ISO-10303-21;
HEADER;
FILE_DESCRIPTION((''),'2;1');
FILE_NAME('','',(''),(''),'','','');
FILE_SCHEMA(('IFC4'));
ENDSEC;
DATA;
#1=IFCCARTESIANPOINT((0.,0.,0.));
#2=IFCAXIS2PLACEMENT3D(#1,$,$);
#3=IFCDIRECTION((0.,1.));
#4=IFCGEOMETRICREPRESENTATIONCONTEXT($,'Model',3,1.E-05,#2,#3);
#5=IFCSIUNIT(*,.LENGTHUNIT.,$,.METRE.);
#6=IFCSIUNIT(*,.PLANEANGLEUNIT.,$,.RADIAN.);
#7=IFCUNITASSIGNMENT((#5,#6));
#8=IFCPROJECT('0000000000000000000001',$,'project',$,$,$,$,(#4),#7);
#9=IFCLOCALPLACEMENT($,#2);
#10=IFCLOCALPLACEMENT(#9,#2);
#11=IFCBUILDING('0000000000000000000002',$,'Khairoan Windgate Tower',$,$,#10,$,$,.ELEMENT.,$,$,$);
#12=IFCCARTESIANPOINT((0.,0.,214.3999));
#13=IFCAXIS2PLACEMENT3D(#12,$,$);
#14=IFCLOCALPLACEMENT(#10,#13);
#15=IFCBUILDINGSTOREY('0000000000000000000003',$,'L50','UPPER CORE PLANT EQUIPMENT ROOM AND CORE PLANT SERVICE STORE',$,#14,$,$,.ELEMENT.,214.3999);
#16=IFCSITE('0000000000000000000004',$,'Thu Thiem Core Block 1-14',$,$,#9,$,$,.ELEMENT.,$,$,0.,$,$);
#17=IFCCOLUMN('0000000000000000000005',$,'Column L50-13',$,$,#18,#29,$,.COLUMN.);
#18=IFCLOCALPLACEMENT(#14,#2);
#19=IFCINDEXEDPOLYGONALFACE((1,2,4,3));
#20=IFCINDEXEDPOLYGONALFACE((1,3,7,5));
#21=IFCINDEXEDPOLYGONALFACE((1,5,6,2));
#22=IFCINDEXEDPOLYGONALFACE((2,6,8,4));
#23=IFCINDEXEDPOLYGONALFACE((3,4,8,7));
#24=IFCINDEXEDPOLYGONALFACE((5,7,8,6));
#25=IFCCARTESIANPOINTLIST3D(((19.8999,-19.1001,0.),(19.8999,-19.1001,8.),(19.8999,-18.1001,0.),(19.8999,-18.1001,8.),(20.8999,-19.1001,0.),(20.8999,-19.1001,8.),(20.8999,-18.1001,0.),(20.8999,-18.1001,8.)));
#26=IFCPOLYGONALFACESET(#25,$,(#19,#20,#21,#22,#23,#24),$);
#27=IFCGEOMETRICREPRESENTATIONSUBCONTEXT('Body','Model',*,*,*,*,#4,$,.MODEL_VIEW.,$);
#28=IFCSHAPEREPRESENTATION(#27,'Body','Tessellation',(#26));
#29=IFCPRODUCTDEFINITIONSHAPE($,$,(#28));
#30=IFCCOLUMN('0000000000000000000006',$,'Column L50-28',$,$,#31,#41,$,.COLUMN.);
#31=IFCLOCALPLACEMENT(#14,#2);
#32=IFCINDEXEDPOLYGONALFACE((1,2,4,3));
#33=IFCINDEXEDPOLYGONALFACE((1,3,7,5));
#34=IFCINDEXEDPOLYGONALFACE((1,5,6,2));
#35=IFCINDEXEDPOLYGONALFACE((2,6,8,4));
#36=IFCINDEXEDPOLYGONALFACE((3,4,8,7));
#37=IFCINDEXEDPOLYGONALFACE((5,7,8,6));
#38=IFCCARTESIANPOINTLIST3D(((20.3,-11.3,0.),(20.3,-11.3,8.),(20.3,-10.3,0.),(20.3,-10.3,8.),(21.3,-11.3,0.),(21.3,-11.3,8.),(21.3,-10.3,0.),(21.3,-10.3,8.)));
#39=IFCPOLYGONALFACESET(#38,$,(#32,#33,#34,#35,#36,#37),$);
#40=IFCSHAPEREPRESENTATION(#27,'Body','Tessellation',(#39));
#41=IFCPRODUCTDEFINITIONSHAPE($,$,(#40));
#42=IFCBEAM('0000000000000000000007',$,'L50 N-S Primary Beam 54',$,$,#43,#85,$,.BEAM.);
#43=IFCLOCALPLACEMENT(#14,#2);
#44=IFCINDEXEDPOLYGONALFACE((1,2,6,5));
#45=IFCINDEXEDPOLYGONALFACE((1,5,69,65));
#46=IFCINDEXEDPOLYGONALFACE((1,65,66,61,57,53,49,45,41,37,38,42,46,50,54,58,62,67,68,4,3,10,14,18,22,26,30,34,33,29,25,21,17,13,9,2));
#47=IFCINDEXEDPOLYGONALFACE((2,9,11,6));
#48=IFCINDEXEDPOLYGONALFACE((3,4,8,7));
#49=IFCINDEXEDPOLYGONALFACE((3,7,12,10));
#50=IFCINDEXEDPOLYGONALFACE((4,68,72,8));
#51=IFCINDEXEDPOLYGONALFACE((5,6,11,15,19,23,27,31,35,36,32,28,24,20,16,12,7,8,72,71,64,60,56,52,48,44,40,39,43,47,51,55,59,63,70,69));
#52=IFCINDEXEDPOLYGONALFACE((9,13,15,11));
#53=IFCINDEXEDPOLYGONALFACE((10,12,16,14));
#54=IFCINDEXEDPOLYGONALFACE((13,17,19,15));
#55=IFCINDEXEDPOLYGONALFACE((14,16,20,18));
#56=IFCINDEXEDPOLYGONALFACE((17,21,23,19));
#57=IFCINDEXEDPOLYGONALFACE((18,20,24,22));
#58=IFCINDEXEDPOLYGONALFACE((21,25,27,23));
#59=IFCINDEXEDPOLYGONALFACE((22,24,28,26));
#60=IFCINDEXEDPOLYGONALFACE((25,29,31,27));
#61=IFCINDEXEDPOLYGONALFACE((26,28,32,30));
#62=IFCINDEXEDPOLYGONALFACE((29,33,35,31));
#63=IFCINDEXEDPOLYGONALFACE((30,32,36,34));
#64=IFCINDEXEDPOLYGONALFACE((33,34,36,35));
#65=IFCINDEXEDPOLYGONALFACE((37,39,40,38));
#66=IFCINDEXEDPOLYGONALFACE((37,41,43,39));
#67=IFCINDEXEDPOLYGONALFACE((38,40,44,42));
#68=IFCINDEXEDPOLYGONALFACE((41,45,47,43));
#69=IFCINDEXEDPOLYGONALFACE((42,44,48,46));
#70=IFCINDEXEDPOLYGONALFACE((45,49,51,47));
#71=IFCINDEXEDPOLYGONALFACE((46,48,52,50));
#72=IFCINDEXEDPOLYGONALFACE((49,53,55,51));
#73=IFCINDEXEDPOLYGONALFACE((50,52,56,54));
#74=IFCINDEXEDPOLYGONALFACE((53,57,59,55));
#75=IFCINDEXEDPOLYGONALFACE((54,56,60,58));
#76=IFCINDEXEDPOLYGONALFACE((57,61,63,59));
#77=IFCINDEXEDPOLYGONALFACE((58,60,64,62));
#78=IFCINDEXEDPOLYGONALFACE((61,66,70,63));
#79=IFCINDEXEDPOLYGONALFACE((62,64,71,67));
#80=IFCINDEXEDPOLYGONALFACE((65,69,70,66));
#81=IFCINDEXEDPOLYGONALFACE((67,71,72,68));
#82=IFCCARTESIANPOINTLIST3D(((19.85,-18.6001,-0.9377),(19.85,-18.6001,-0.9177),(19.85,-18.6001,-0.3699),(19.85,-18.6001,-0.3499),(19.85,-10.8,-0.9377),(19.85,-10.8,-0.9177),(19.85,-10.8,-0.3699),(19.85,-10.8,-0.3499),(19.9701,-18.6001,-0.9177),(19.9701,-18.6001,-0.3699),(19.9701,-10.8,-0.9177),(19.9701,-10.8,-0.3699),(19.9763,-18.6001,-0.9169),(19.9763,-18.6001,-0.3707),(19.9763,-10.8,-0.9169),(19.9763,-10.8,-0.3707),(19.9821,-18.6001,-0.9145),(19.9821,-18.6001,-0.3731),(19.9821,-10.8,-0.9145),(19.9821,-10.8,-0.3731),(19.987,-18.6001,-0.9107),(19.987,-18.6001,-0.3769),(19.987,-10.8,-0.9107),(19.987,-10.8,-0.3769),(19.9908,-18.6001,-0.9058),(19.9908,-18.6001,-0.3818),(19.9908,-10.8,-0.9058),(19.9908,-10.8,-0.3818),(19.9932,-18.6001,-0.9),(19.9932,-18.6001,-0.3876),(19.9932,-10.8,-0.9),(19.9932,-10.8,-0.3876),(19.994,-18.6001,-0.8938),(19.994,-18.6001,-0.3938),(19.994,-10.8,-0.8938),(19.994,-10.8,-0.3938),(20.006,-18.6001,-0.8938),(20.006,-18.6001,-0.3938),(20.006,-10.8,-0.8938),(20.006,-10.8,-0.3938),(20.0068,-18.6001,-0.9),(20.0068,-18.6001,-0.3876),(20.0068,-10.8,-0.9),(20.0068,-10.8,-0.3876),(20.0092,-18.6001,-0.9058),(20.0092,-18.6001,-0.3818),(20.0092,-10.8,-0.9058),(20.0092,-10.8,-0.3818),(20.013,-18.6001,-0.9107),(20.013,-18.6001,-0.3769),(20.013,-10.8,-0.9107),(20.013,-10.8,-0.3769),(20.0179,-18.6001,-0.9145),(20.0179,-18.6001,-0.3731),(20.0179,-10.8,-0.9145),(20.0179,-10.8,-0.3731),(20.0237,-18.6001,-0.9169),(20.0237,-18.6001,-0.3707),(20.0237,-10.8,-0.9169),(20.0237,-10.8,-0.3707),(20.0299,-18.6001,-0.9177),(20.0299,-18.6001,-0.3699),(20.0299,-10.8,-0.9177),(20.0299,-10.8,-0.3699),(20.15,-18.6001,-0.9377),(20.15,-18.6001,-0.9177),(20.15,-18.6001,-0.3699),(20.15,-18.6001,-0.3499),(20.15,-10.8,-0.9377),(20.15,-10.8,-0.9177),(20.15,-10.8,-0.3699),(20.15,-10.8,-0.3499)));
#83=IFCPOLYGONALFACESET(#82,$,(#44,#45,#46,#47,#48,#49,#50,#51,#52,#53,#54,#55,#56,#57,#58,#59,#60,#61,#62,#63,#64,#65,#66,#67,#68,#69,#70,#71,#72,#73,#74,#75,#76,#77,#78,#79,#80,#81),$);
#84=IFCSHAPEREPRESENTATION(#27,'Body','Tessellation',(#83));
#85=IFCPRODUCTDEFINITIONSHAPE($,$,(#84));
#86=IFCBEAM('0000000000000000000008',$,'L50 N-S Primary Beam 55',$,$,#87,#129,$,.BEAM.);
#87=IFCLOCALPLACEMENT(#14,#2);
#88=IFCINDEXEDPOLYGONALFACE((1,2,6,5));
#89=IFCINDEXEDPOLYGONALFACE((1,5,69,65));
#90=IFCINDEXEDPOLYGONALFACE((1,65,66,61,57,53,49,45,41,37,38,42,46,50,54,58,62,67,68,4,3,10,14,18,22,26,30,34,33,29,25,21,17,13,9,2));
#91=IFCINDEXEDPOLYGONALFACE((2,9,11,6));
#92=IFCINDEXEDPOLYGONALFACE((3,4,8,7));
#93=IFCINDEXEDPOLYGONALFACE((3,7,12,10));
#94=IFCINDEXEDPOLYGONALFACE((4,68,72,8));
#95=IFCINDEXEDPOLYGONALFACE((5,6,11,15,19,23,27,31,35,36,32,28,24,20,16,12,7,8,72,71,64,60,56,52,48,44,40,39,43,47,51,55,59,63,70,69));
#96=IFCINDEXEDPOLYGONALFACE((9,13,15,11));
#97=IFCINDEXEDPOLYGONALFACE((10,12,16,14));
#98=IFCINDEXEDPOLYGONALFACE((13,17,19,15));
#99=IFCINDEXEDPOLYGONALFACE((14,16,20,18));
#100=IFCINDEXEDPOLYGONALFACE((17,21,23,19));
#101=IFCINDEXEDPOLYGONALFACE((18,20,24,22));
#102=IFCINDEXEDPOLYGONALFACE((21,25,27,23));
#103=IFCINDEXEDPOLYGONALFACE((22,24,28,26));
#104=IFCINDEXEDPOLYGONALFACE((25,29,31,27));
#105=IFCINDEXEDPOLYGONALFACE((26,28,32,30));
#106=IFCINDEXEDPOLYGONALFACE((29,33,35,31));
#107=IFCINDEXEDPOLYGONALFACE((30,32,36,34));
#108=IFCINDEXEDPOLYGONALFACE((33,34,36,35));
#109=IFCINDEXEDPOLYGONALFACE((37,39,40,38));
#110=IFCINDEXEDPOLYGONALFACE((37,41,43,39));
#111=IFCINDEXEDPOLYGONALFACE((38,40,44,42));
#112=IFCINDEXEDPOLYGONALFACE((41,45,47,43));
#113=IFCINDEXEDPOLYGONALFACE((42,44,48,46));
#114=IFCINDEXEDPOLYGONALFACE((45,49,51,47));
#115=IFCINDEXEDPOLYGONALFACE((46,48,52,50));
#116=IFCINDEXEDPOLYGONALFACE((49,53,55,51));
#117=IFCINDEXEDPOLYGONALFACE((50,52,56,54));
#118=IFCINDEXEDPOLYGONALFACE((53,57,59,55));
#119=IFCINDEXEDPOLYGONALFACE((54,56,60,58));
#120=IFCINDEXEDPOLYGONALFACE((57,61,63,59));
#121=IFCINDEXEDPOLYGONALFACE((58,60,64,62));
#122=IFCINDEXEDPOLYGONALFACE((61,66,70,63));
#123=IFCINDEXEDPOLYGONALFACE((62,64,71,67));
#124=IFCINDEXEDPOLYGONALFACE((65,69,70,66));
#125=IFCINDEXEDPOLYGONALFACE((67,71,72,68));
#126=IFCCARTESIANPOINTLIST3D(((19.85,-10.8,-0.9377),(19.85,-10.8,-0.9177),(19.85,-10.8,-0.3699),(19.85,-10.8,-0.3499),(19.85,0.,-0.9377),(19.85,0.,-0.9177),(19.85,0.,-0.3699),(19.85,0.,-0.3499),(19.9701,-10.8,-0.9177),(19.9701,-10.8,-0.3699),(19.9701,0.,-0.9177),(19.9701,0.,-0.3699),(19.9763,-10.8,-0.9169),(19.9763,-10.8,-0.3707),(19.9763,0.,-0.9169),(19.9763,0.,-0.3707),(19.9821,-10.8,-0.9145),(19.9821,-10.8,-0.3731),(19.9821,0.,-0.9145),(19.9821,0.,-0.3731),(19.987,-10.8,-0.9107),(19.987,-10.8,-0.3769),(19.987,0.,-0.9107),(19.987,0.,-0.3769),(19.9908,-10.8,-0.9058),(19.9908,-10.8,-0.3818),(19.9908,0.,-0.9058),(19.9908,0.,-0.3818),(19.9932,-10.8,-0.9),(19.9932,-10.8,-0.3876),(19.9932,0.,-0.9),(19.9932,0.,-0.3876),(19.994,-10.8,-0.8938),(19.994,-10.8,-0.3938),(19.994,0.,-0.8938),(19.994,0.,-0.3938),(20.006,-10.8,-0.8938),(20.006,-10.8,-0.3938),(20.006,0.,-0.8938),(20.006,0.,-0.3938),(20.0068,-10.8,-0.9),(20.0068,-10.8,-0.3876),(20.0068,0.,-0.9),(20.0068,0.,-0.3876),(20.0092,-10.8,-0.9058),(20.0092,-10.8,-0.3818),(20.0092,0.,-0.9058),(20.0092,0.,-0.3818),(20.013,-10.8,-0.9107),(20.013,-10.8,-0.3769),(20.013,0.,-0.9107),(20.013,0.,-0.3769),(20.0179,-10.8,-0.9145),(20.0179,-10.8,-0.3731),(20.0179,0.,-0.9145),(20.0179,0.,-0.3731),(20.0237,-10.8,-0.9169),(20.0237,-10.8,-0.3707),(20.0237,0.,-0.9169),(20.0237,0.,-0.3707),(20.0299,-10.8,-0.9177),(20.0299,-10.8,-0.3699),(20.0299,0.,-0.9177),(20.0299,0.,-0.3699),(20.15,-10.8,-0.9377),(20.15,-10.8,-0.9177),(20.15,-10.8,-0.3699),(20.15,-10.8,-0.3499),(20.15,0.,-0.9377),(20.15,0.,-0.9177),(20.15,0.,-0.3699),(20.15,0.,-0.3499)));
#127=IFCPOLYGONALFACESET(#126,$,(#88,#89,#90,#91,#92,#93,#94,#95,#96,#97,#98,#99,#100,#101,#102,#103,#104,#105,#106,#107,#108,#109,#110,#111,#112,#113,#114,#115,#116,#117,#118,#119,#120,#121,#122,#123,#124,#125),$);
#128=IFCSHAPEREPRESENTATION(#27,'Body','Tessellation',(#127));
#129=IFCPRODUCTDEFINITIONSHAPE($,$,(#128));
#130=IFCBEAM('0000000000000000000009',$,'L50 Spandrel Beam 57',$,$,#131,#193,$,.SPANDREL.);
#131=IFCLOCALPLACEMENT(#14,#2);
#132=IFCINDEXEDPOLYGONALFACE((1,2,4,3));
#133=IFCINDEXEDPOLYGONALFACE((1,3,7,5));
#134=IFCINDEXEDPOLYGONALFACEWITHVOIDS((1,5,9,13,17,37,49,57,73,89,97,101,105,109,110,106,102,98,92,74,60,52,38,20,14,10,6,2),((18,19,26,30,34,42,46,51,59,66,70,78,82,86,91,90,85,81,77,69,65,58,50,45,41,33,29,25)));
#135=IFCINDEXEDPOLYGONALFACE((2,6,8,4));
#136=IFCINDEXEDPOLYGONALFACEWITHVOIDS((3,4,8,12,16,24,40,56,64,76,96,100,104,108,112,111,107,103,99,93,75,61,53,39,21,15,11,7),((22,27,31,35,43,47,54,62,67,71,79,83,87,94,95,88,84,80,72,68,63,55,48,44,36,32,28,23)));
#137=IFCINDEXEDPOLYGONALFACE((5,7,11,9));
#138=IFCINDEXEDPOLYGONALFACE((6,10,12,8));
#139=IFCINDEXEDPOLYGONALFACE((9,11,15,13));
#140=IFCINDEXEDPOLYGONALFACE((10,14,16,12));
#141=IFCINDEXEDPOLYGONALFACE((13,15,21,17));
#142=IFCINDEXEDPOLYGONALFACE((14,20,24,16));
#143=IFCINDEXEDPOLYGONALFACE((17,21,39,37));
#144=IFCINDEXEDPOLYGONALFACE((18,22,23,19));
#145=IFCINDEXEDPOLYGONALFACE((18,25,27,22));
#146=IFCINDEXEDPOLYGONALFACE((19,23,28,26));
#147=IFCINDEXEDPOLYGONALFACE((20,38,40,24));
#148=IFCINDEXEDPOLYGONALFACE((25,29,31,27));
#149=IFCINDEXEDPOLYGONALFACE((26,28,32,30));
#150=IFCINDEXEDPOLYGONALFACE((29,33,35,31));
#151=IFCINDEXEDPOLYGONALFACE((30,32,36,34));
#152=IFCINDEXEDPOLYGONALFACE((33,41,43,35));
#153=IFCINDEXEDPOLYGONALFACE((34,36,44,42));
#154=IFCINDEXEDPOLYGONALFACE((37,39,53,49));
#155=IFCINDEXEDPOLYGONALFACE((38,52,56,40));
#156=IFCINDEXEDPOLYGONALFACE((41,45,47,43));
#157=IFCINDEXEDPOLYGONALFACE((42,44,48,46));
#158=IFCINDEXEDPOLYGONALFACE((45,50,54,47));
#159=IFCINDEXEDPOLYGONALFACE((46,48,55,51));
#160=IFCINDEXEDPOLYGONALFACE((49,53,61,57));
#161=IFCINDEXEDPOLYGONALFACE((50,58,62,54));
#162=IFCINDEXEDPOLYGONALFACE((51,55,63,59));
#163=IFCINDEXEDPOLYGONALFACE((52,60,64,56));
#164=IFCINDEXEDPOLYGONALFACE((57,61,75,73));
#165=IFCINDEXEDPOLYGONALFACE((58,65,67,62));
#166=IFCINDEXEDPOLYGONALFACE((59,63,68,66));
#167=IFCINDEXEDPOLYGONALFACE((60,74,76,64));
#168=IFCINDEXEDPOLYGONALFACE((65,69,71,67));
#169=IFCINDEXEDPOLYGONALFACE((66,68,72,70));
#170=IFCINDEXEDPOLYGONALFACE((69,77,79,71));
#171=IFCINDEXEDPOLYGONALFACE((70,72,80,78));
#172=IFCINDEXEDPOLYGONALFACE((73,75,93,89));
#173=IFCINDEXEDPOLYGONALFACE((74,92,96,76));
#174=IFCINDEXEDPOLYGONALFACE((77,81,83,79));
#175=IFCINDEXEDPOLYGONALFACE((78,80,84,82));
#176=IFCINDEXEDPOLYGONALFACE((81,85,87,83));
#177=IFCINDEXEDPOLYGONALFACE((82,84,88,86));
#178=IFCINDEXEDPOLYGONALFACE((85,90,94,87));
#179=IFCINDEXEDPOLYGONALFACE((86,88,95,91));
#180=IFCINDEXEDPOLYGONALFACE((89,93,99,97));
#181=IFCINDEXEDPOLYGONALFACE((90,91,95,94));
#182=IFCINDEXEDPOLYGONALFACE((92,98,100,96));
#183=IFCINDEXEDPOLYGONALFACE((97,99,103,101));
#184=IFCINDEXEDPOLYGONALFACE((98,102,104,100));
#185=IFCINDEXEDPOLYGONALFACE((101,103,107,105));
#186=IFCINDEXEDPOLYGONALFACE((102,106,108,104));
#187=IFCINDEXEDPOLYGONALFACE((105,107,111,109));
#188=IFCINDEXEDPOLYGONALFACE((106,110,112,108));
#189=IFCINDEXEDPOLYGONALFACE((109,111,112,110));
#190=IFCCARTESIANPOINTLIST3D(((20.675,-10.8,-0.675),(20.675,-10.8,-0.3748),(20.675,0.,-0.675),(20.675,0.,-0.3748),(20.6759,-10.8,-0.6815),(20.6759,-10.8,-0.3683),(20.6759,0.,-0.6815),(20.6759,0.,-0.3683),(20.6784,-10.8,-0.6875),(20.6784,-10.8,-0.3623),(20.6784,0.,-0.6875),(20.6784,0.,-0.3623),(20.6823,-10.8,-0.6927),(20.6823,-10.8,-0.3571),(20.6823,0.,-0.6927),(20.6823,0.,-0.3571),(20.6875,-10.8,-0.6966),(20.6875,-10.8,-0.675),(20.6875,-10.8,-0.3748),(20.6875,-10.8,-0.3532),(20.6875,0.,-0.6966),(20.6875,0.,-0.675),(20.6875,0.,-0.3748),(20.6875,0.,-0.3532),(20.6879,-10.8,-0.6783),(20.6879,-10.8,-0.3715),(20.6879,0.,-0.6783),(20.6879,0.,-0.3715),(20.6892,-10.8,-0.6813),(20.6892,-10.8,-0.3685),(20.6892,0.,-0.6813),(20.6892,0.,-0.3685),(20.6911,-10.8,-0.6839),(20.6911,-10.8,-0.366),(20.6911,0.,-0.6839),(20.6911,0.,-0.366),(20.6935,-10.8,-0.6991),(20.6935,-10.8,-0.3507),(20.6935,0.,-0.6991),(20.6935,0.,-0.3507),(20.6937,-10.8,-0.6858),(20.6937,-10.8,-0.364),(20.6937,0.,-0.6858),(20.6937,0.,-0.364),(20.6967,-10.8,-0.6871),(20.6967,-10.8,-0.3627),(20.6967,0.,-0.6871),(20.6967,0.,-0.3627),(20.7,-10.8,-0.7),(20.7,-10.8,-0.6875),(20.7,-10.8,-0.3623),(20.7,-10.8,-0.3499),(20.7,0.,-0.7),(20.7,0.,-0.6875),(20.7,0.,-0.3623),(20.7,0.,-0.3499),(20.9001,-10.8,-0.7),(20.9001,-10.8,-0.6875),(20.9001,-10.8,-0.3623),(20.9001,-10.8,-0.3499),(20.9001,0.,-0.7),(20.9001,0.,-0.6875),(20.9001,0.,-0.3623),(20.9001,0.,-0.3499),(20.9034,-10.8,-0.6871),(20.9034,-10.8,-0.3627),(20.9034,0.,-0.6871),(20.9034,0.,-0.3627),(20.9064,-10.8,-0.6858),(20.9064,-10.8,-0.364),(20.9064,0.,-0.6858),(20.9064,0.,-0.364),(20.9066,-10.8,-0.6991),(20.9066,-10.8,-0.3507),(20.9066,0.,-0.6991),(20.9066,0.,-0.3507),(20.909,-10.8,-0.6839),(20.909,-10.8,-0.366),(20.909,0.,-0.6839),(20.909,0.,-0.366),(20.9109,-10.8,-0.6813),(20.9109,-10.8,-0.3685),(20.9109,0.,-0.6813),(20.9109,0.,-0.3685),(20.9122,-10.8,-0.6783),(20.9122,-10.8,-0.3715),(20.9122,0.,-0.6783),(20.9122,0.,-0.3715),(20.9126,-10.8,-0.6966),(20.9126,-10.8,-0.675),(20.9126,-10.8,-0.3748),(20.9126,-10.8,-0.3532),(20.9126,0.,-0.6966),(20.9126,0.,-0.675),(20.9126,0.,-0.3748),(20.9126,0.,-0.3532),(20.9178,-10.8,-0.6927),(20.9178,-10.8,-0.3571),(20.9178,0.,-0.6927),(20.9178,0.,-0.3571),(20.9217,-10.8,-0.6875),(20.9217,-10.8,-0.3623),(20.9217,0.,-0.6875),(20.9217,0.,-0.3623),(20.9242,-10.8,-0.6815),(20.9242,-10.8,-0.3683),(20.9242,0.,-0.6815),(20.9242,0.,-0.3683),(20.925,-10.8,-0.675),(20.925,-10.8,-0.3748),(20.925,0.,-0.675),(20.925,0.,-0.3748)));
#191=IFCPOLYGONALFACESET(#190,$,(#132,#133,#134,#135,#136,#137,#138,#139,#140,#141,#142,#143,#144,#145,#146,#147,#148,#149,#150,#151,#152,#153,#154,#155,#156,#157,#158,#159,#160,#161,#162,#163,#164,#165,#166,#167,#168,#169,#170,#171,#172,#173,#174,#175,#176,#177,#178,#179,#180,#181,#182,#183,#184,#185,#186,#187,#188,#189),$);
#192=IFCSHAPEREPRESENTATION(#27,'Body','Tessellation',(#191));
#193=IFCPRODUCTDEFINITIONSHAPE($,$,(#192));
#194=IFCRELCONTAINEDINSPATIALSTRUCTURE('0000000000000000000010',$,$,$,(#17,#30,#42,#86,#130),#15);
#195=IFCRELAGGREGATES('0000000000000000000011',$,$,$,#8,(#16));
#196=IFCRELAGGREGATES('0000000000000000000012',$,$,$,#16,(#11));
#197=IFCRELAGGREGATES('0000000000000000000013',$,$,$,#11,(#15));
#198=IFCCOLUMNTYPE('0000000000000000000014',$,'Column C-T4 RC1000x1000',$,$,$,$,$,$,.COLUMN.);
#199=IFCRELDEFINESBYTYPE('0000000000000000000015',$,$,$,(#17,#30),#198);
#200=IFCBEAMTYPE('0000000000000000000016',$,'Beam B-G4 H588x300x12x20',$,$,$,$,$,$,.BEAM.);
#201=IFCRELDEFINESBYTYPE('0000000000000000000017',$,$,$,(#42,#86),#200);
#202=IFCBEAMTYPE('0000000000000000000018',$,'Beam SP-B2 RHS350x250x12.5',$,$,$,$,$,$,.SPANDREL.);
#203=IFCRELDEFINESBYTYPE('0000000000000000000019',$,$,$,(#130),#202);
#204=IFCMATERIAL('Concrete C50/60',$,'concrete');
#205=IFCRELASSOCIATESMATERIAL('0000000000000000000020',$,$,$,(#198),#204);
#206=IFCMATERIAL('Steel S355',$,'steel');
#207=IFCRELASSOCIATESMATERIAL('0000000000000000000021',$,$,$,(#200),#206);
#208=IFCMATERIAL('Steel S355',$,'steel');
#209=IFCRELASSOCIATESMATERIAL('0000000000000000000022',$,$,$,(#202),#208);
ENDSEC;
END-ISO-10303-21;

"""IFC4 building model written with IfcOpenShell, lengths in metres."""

from ifc_helpers import new_model, si_unit, direction, frame, origin, origin_2d, place, context, subcontext, project, spatial, rectangle, hollow_rectangle, i_section, extrude, material, material_profile, profile_set, type_object, element, save


model = new_model("IFC4")

# Units and contexts
model_context = context("Model", 3, precision=1e-05, world=origin(), true_north=direction((0.0, 1.0)))
body_context = subcontext(model_context, "Body", "Model", "MODEL_VIEW")
ifc_project = project(units=[si_unit("LENGTHUNIT", "METRE"), si_unit("PLANEANGLEUNIT", "RADIAN")], contexts=[model_context])

# Site, building, storey
site_placement = place(None, origin())
site = spatial("IfcSite", under=ifc_project, at=site_placement, Name="Thu Thiem Core Block 1-14", CompositionType="ELEMENT", RefElevation=0.0)
building_placement = place(site_placement, origin())
building = spatial("IfcBuilding", under=site, at=building_placement, Name="Khairoan Windgate Tower", CompositionType="ELEMENT")
storey_placement = place(building_placement, frame((0.0, 0.0, 214.3999)))
storey = spatial("IfcBuildingStorey", under=building, at=storey_placement, Name="L50", Description="UPPER CORE PLANT EQUIPMENT ROOM AND CORE PLANT SERVICE STORE", CompositionType="ELEMENT", Elevation=214.3999)

# Columns
ifc_material_1 = material(Name="Concrete C50/60", Category="concrete")
ifc_material_profile_1 = material_profile(ifc_material_1, rectangle(XDim=1.0, YDim=1.0, at=origin_2d()))
ifc_profile_set_1 = profile_set([ifc_material_profile_1], Name="Concrete C50/60")
column_type = type_object("IfcColumnType", Name="Column C-T4 RC1000x1000", PredefinedType="COLUMN", material=ifc_profile_set_1)
for number, where, z_axis, x_axis, name in (
    (1, (20.3999, -18.6001, 0.0), (0.0, 0.0, 1.0), (1.0, 0.0, 0.0), "Column L50-13"),
    (2, (20.8, -10.8, 0.0), (0.0, 0.0, 1.0), (1.0, 0.0, 0.0), "Column L50-28"),
):
    element("IfcColumn", number, at=place(storey_placement, frame(where, z_axis=z_axis, x_axis=x_axis)), inside=storey, type_object=column_type, Name=name, PredefinedType="COLUMN", context=body_context, shape_type="SweptSolid", body=[
        extrude(rectangle(XDim=1.0, YDim=1.0, at=origin_2d()), origin(), (0.0, 0.0, 1.0), 8.0),
    ])

# Beams
ifc_material_2 = material(Name="Steel S355", Category="steel")
ifc_material_profile_2 = material_profile(ifc_material_2, i_section(OverallWidth=0.3, OverallDepth=0.5879, WebThickness=0.012, FlangeThickness=0.02, FilletRadius=0.0239, at=origin_2d()))
ifc_profile_set_2 = profile_set([ifc_material_profile_2], Name="Steel S355")
beam_type_1 = type_object("IfcBeamType", Name="Beam B-G4 H588x300x12x20", PredefinedType="BEAM", material=ifc_profile_set_2)
beam_1_placement = place(storey_placement, frame((20.0, -18.6001, -0.6438), z_axis=(0.0, 1.0, 0.0), x_axis=(-1.0, 0.0, 0.0)))
element("IfcBeam", 3, at=beam_1_placement, inside=storey, type_object=beam_type_1, Name="L50 N-S Primary Beam 54", PredefinedType="BEAM", context=body_context, shape_type="SweptSolid", body=[
    extrude(i_section(OverallWidth=0.3, OverallDepth=0.5879, WebThickness=0.012, FlangeThickness=0.02, FilletRadius=0.0239, at=origin_2d()), origin(), (0.0, 0.0, 1.0), 7.8),
])
beam_2_placement = place(storey_placement, frame((20.0, -10.8, -0.6438), z_axis=(0.0, 1.0, 0.0), x_axis=(-1.0, 0.0, 0.0)))
element("IfcBeam", 4, at=beam_2_placement, inside=storey, type_object=beam_type_1, Name="L50 N-S Primary Beam 55", PredefinedType="BEAM", context=body_context, shape_type="SweptSolid", body=[
    extrude(i_section(OverallWidth=0.3, OverallDepth=0.5879, WebThickness=0.012, FlangeThickness=0.02, FilletRadius=0.0239, at=origin_2d()), origin(), (0.0, 0.0, 1.0), 10.8),
])
ifc_material_3 = material(Name="Steel S355", Category="steel")
ifc_material_profile_3 = material_profile(ifc_material_3, hollow_rectangle(XDim=0.25, YDim=0.3501, WallThickness=0.0125, InnerFilletRadius=0.0125, OuterFilletRadius=0.0249, at=origin_2d()))
ifc_profile_set_3 = profile_set([ifc_material_profile_3], Name="Steel S355")
beam_type_2 = type_object("IfcBeamType", Name="Beam SP-B2 RHS350x250x12.5", PredefinedType="SPANDREL", material=ifc_profile_set_3)
beam_3_placement = place(storey_placement, frame((20.8, -10.8, -0.5249), z_axis=(0.0, 1.0, 0.0), x_axis=(-1.0, 0.0, 0.0)))
element("IfcBeam", 5, at=beam_3_placement, inside=storey, type_object=beam_type_2, Name="L50 Spandrel Beam 57", PredefinedType="SPANDREL", context=body_context, shape_type="SweptSolid", body=[
    extrude(hollow_rectangle(XDim=0.25, YDim=0.3501, WallThickness=0.0125, InnerFilletRadius=0.0125, OuterFilletRadius=0.0249, at=origin_2d()), origin(), (0.0, 0.0, 1.0), 10.8),
])

save(model, "model.ifc")
